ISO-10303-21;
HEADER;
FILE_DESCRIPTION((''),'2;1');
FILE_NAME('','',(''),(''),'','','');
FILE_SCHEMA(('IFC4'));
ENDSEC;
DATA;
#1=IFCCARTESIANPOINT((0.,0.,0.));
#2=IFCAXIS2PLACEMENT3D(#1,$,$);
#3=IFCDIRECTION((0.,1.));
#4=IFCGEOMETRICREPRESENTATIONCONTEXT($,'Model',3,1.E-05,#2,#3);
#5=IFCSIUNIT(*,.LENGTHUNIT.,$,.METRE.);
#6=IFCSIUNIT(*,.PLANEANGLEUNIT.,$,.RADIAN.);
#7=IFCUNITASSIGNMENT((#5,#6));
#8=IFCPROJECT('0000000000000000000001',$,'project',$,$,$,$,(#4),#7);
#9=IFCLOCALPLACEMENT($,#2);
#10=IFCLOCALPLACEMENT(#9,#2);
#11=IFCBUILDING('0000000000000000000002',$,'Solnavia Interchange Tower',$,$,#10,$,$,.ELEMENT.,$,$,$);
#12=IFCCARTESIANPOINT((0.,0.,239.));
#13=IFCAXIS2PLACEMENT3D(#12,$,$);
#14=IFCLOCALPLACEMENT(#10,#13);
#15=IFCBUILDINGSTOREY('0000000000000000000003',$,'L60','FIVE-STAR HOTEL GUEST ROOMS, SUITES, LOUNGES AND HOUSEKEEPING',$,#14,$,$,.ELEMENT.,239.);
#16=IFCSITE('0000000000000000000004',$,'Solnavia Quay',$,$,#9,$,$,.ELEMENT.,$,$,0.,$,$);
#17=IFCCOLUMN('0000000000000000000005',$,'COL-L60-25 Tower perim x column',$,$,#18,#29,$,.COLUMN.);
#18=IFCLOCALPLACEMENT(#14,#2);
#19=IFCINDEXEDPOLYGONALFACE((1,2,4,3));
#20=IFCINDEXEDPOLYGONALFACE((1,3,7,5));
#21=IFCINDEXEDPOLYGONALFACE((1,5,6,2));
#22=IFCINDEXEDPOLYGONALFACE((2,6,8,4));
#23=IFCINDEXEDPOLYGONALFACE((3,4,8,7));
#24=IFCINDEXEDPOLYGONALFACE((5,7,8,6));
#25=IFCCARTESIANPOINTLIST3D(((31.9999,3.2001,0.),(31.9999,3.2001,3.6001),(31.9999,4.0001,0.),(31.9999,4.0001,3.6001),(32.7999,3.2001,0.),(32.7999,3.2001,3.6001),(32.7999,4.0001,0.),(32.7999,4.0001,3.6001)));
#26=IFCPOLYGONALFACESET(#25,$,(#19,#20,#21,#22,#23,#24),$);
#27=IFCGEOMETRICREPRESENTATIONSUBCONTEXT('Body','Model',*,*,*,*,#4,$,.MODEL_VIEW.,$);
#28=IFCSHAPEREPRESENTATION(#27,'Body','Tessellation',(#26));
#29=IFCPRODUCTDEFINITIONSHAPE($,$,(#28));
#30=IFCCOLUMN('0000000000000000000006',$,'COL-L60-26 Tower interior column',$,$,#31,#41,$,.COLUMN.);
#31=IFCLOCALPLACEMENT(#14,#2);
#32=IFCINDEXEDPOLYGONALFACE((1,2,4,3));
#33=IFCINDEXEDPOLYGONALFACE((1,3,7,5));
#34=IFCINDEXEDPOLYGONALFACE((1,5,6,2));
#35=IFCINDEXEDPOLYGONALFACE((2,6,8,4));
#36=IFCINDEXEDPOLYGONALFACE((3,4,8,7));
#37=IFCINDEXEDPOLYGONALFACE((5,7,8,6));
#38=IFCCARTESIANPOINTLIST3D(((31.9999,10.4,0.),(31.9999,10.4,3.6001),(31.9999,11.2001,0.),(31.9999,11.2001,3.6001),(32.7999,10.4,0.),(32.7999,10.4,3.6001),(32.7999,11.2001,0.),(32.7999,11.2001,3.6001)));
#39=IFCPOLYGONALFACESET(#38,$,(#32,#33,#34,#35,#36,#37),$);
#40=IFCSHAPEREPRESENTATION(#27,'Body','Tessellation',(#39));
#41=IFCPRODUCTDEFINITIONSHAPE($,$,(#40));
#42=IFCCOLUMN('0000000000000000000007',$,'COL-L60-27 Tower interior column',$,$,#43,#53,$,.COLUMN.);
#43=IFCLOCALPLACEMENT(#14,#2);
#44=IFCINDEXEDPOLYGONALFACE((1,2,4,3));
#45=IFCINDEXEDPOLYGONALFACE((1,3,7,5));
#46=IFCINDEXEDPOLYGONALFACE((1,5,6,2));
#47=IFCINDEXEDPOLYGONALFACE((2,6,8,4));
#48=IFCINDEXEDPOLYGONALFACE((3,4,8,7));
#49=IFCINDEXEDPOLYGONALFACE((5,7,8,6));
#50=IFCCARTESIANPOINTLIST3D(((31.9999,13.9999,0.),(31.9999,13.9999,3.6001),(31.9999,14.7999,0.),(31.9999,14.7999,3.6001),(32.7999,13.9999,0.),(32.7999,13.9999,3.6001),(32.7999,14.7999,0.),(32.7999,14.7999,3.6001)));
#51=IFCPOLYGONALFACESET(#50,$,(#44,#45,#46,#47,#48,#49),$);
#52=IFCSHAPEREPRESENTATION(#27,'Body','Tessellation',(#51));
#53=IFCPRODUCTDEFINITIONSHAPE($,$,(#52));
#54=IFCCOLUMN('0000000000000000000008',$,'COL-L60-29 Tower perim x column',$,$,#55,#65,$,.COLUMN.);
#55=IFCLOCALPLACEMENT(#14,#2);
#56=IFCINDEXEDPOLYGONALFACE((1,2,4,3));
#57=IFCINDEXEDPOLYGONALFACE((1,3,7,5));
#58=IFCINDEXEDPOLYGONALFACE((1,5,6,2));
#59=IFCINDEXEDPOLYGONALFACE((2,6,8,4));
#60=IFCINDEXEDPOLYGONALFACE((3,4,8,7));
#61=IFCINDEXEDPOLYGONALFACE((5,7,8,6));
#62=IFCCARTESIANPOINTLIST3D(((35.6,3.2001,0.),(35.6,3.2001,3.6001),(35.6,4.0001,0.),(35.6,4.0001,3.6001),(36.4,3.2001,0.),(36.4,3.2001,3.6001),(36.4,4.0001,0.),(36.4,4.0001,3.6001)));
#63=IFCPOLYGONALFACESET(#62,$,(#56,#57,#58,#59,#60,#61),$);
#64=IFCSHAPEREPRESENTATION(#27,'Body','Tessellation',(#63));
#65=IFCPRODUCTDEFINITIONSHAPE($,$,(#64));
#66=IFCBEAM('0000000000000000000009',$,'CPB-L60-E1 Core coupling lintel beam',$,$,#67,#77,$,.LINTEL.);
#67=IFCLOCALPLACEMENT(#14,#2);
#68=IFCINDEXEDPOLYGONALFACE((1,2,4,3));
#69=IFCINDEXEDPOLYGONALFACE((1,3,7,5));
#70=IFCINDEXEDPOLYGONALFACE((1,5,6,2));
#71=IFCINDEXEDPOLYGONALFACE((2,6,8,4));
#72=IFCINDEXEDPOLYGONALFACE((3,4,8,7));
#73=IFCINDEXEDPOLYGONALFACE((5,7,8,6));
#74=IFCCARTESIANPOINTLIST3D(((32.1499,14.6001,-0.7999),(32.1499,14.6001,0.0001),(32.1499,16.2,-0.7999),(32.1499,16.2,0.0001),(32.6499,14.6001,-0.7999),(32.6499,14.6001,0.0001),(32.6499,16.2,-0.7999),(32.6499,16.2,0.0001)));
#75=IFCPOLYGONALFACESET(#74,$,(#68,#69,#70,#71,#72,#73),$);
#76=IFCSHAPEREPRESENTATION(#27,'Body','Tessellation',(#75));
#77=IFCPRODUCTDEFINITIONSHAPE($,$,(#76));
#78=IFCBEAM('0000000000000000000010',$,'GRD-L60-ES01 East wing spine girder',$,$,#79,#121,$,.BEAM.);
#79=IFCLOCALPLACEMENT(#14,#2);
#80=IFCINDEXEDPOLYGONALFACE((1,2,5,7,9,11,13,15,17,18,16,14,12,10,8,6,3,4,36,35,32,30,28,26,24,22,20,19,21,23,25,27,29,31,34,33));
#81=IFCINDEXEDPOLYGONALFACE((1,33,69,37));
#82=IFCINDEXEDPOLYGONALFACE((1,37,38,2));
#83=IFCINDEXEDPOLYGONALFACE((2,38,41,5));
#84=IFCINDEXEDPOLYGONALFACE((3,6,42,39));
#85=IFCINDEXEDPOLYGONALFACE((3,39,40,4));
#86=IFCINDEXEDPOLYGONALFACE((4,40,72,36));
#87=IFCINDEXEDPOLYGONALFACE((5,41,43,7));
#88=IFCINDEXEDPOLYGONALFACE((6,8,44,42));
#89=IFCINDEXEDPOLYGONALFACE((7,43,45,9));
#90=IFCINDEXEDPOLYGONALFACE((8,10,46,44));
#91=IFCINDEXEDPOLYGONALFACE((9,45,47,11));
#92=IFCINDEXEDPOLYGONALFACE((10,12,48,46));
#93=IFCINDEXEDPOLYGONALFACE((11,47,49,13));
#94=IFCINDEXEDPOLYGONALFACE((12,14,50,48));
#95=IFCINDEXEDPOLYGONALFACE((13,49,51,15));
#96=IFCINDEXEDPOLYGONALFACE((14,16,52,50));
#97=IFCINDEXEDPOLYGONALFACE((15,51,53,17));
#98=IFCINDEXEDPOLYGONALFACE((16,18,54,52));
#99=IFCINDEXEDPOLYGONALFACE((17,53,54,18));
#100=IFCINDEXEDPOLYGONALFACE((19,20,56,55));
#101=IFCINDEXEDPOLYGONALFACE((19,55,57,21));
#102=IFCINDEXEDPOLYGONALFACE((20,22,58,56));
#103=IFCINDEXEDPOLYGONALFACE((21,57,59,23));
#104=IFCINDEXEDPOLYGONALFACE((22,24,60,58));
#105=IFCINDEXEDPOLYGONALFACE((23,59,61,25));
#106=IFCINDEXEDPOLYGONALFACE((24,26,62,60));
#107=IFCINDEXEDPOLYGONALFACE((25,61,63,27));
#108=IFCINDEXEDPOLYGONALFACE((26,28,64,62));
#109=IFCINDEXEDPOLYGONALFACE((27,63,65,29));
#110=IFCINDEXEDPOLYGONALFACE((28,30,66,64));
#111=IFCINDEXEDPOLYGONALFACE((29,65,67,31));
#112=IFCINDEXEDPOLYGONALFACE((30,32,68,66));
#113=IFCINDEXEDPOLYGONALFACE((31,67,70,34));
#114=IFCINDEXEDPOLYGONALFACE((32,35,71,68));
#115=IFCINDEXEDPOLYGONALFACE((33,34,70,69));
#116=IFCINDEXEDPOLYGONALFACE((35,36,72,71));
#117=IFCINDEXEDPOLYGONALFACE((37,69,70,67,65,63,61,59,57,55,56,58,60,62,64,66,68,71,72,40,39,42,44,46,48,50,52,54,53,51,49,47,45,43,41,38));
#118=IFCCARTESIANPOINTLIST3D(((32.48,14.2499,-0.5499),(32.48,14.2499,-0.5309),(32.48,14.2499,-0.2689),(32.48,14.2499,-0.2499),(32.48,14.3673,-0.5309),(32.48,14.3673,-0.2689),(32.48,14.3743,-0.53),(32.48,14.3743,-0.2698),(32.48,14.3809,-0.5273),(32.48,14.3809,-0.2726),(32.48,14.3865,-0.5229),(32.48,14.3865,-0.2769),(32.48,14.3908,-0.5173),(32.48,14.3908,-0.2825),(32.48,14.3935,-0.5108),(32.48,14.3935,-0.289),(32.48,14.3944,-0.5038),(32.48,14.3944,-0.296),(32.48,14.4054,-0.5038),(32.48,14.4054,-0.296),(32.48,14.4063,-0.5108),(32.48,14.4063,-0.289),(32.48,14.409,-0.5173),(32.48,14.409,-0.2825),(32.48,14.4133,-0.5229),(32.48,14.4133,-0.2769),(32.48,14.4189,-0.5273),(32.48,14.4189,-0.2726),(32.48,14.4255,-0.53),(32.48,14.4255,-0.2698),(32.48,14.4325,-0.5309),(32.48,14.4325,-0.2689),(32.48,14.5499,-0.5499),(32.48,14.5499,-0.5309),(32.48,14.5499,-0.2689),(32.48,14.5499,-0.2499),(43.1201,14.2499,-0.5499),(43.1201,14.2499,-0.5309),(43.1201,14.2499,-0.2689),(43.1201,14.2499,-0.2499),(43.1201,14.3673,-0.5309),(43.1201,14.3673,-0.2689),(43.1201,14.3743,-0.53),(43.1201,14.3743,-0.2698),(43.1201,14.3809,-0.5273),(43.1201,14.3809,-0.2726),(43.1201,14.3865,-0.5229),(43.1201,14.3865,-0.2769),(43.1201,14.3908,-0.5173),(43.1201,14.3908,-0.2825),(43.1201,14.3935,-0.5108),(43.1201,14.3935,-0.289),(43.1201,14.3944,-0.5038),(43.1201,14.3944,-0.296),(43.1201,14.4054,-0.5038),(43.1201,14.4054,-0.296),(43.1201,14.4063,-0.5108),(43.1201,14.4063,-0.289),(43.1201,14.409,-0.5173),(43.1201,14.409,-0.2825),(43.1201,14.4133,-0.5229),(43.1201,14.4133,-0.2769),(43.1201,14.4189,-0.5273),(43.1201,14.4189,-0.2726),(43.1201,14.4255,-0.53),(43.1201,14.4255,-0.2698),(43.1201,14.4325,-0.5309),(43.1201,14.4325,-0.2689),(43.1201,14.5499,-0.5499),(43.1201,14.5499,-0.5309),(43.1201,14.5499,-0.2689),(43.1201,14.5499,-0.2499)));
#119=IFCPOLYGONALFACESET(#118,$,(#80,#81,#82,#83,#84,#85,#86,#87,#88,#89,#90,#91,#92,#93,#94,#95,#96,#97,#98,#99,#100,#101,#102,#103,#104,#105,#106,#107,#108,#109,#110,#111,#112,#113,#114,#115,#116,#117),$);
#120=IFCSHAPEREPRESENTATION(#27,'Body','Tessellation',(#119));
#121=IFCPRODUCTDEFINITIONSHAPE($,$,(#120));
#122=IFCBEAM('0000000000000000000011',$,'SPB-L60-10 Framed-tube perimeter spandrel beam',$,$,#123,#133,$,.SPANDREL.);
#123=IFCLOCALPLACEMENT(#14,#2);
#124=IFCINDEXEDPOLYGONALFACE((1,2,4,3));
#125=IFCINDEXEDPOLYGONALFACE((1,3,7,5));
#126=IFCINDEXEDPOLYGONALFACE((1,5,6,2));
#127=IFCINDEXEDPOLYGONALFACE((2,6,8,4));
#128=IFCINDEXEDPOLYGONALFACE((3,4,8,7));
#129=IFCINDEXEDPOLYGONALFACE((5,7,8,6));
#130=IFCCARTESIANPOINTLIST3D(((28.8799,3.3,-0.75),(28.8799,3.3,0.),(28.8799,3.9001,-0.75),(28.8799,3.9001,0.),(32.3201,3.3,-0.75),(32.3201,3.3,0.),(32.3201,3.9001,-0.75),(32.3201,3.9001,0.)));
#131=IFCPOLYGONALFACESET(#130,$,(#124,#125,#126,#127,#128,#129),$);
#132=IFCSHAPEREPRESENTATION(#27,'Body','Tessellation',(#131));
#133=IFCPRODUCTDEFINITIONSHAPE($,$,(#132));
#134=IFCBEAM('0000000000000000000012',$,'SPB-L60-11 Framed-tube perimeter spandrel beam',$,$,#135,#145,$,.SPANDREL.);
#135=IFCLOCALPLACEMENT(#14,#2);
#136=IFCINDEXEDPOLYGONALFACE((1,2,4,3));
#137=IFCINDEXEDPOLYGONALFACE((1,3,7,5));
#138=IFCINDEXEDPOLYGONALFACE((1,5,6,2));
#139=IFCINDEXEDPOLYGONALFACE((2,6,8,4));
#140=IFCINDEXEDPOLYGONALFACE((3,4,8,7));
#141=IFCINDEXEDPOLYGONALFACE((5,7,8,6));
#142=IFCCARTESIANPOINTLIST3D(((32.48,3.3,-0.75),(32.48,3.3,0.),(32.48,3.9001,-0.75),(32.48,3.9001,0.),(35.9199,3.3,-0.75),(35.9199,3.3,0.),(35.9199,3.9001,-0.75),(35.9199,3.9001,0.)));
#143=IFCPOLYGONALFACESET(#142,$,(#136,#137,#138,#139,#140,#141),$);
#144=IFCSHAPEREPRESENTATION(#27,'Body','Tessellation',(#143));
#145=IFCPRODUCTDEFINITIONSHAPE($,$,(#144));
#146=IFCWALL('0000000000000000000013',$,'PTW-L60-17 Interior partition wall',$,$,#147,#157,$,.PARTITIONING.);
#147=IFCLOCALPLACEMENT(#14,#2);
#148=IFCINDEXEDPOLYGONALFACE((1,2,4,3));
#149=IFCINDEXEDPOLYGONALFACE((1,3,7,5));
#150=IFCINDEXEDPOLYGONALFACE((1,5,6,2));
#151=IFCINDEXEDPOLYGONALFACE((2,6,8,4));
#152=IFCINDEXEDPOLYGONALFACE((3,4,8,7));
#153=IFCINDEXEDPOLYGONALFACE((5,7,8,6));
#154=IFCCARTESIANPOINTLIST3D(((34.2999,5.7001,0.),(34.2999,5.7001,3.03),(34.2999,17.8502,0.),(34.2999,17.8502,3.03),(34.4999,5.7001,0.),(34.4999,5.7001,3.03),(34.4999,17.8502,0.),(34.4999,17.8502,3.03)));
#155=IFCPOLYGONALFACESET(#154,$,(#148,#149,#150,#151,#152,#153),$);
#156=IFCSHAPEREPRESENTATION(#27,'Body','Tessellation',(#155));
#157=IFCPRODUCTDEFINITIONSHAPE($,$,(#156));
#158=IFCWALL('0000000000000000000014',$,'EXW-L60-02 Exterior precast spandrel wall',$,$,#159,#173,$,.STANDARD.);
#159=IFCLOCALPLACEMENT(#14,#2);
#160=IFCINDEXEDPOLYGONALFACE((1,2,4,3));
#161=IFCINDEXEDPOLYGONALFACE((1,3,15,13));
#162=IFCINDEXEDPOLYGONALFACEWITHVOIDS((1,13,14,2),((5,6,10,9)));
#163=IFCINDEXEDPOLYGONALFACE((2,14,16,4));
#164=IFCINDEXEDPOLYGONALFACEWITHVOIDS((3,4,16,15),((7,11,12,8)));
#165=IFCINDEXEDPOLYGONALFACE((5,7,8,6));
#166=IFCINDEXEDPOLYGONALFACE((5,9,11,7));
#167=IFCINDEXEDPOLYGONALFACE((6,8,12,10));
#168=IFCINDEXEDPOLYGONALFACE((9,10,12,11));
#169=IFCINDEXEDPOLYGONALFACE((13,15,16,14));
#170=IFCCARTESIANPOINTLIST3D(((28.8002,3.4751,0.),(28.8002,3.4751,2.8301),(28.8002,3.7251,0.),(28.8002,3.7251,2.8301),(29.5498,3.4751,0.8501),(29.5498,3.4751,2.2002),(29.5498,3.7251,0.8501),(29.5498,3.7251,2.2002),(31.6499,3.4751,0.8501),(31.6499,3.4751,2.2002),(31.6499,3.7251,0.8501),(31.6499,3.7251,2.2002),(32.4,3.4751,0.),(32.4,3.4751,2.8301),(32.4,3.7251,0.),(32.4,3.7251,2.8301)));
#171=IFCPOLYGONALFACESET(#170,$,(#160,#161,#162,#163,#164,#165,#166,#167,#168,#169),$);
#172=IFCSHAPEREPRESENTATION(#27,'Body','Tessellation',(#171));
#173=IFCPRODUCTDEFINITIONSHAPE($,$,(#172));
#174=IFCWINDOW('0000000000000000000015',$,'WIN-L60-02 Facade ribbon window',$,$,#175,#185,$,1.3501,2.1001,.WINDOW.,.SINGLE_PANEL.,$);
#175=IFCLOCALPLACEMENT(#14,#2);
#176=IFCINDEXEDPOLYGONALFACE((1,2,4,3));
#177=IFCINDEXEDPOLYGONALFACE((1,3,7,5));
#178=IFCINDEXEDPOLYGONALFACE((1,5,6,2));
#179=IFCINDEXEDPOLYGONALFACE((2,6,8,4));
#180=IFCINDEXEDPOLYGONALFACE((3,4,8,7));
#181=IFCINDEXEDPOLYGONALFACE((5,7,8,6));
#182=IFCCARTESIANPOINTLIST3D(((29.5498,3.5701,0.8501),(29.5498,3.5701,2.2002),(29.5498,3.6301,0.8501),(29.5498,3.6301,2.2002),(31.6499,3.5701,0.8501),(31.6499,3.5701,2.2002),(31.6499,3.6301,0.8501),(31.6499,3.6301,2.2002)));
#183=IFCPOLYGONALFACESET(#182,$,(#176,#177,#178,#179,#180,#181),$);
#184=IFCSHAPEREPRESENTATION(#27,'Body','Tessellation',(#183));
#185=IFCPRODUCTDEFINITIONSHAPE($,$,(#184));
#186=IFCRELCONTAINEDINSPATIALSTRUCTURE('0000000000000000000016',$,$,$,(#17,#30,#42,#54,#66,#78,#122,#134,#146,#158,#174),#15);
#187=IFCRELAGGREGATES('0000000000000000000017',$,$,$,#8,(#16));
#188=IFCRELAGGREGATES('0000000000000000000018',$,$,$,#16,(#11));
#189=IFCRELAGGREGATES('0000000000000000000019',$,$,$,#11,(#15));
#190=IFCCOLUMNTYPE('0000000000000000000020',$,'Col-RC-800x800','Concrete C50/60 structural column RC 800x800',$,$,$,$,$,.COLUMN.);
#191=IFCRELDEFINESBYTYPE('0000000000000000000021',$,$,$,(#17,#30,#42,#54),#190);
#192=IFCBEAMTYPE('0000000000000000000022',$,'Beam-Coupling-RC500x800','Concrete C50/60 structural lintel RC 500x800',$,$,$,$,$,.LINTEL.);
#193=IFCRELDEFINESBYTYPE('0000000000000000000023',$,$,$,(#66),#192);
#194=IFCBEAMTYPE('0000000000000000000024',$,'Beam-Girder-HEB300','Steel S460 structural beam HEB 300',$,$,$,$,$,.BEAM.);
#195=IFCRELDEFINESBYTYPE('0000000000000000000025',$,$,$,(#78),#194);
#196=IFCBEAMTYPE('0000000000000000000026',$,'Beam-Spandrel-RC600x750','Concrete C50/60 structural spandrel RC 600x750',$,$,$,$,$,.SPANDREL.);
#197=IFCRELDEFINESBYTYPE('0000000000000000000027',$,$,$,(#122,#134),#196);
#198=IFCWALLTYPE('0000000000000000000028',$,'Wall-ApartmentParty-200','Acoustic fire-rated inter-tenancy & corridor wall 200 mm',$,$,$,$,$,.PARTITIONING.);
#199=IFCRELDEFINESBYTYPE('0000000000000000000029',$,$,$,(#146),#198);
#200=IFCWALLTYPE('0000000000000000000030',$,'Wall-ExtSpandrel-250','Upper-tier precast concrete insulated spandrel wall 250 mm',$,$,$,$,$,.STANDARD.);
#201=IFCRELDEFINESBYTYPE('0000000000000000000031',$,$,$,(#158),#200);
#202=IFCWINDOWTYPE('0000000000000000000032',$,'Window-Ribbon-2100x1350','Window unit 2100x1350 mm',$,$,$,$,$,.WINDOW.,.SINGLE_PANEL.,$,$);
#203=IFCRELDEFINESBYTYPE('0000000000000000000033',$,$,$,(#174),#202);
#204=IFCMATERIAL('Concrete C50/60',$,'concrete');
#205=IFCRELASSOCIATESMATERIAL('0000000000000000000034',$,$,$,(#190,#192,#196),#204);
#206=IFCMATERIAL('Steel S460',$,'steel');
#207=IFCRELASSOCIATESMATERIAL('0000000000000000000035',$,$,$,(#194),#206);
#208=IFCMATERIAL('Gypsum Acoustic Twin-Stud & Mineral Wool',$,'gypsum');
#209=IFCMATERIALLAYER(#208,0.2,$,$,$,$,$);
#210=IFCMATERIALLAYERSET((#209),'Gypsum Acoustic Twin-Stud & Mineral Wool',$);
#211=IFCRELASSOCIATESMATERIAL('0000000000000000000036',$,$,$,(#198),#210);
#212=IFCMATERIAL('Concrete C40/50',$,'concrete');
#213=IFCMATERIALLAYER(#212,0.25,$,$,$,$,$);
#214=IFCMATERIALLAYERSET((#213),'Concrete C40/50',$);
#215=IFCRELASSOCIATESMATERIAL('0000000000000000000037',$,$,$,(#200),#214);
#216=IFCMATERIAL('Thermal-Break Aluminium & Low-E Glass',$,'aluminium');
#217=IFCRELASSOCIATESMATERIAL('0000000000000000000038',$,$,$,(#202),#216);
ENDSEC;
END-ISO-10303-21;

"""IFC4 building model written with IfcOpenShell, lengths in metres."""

from ifc_helpers import new_model, si_unit, direction, frame, frame_2d, origin, origin_2d, place, context, subcontext, project, spatial, rectangle, i_section, extrude, material, layer, layer_set, material_profile, profile_set, type_object, element, fill, save


model = new_model("IFC4")

# Units and contexts
model_context = context("Model", 3, precision=1e-05, world=origin(), true_north=direction((0.0, 1.0)))
body_context = subcontext(model_context, "Body", "Model", "MODEL_VIEW")
ifc_project = project(units=[si_unit("LENGTHUNIT", "METRE"), si_unit("PLANEANGLEUNIT", "RADIAN")], contexts=[model_context])

# Site, building, storey
site_placement = place(None, origin())
site = spatial("IfcSite", under=ifc_project, at=site_placement, Name="Solnavia Quay", CompositionType="ELEMENT", RefElevation=0.0)
building_placement = place(site_placement, origin())
building = spatial("IfcBuilding", under=site, at=building_placement, Name="Solnavia Interchange Tower", CompositionType="ELEMENT")
storey_placement = place(building_placement, frame((0.0, 0.0, 239.0)))
storey = spatial("IfcBuildingStorey", under=building, at=storey_placement, Name="L60", Description="FIVE-STAR HOTEL GUEST ROOMS, SUITES, LOUNGES AND HOUSEKEEPING", CompositionType="ELEMENT", Elevation=239.0)

# Columns
ifc_material_1 = material(Name="Concrete C50/60", Category="concrete")
ifc_material_profile_1 = material_profile(ifc_material_1, rectangle(XDim=0.8, YDim=0.8, at=origin_2d()), Name="RC 800x800")
ifc_profile_set_1 = profile_set([ifc_material_profile_1], Name="Concrete C50/60")
column_type = type_object("IfcColumnType", Name="Col-RC-800x800", Description="Concrete C50/60 structural column RC 800x800", PredefinedType="COLUMN", material=ifc_profile_set_1)
for number, where, z_axis, x_axis, name in (
    (1, (32.3999, 3.6001, 0.0), (0.0, 0.0, 1.0), (1.0, 0.0, 0.0), "COL-L60-25 Tower perim x column"),
    (2, (32.3999, 10.8, 0.0), (0.0, 0.0, 1.0), (1.0, 0.0, 0.0), "COL-L60-26 Tower interior column"),
    (3, (32.3999, 14.3999, 0.0), (0.0, 0.0, 1.0), (1.0, 0.0, 0.0), "COL-L60-27 Tower interior column"),
    (4, (36.0, 3.6001, 0.0), (0.0, 0.0, 1.0), (1.0, 0.0, 0.0), "COL-L60-29 Tower perim x column"),
):
    element("IfcColumn", number, at=place(storey_placement, frame(where, z_axis=z_axis, x_axis=x_axis)), inside=storey, type_object=column_type, Name=name, PredefinedType="COLUMN", context=body_context, shape_type="SweptSolid", body=[
        extrude(rectangle(XDim=0.8, YDim=0.8, at=origin_2d()), origin(), (0.0, 0.0, 1.0), 3.6001),
    ])

# Beams
ifc_material_profile_2 = material_profile(ifc_material_1, rectangle(XDim=0.5, YDim=0.8, at=origin_2d()), Name="RC 500x800")
ifc_profile_set_2 = profile_set([ifc_material_profile_2], Name="Concrete C50/60")
beam_type_1 = type_object("IfcBeamType", Name="Beam-Coupling-RC500x800", Description="Concrete C50/60 structural lintel RC 500x800", PredefinedType="LINTEL", material=ifc_profile_set_2)
beam_1_placement = place(storey_placement, frame((32.3999, 14.6001, -0.3999), z_axis=(0.0, 1.0, 0.0), x_axis=(-1.0, 0.0, 0.0)))
element("IfcBeam", 5, at=beam_1_placement, inside=storey, type_object=beam_type_1, Name="CPB-L60-E1 Core coupling lintel beam", PredefinedType="LINTEL", context=body_context, shape_type="SweptSolid", body=[
    extrude(rectangle(XDim=0.5, YDim=0.8, at=origin_2d()), origin(), (0.0, 0.0, 1.0), 1.5999),
])
ifc_material_2 = material(Name="Steel S460", Category="steel")
ifc_material_profile_3 = material_profile(ifc_material_2, i_section(OverallWidth=0.3, OverallDepth=0.3, WebThickness=0.011, FlangeThickness=0.019, FilletRadius=0.0271, at=origin_2d()), Name="HEB 300")
ifc_profile_set_3 = profile_set([ifc_material_profile_3], Name="Steel S460")
beam_type_2 = type_object("IfcBeamType", Name="Beam-Girder-HEB300", Description="Steel S460 structural beam HEB 300", PredefinedType="BEAM", material=ifc_profile_set_3)
beam_2_placement = place(storey_placement, frame((32.48, 14.3999, -0.3999), z_axis=(1.0, 0.0, 0.0), x_axis=(0.0, 1.0, 0.0)))
element("IfcBeam", 6, at=beam_2_placement, inside=storey, type_object=beam_type_2, Name="GRD-L60-ES01 East wing spine girder", PredefinedType="BEAM", context=body_context, shape_type="SweptSolid", body=[
    extrude(i_section(OverallWidth=0.3, OverallDepth=0.3, WebThickness=0.011, FlangeThickness=0.019, FilletRadius=0.0271, at=origin_2d()), origin(), (0.0, 0.0, 1.0), 10.6401),
])
ifc_material_profile_4 = material_profile(ifc_material_1, rectangle(XDim=0.6001, YDim=0.75, at=origin_2d()), Name="RC 600x750")
ifc_profile_set_4 = profile_set([ifc_material_profile_4], Name="Concrete C50/60")
beam_type_3 = type_object("IfcBeamType", Name="Beam-Spandrel-RC600x750", Description="Concrete C50/60 structural spandrel RC 600x750", PredefinedType="SPANDREL", material=ifc_profile_set_4)
beam_3_placement = place(storey_placement, frame((28.8799, 3.6001, -0.375), z_axis=(1.0, 0.0, 0.0), x_axis=(0.0, 1.0, 0.0)))
element("IfcBeam", 7, at=beam_3_placement, inside=storey, type_object=beam_type_3, Name="SPB-L60-10 Framed-tube perimeter spandrel beam", PredefinedType="SPANDREL", context=body_context, shape_type="SweptSolid", body=[
    extrude(rectangle(XDim=0.6001, YDim=0.75, at=origin_2d()), origin(), (0.0, 0.0, 1.0), 3.4402),
])
beam_4_placement = place(storey_placement, frame((32.48, 3.6001, -0.375), z_axis=(1.0, 0.0, 0.0), x_axis=(0.0, 1.0, 0.0)))
element("IfcBeam", 8, at=beam_4_placement, inside=storey, type_object=beam_type_3, Name="SPB-L60-11 Framed-tube perimeter spandrel beam", PredefinedType="SPANDREL", context=body_context, shape_type="SweptSolid", body=[
    extrude(rectangle(XDim=0.6001, YDim=0.75, at=origin_2d()), origin(), (0.0, 0.0, 1.0), 3.4399),
])

# Wall
ifc_material_3 = material(Name="Gypsum Acoustic Twin-Stud & Mineral Wool", Category="gypsum")
ifc_layer_1 = layer(ifc_material_3, 0.2)
ifc_layer_set_1 = layer_set([ifc_layer_1], Name="Gypsum Acoustic Twin-Stud & Mineral Wool")
wall_type_1 = type_object("IfcWallType", Name="Wall-ApartmentParty-200", Description="Acoustic fire-rated inter-tenancy & corridor wall 200 mm", PredefinedType="PARTITIONING", material=ifc_layer_set_1)
wall_1_placement = place(storey_placement, frame((34.3999, 5.7, 0.0), z_axis=(0.0, 0.0, 1.0), x_axis=(0.0, 1.0, 0.0)))
element("IfcWall", 9, at=wall_1_placement, inside=storey, type_object=wall_type_1, Name="PTW-L60-17 Interior partition wall", PredefinedType="PARTITIONING", context=body_context, shape_type="SweptSolid", body=[
    extrude(rectangle(XDim=12.1501, YDim=0.2, at=frame_2d((6.0752, 0.0))), origin(), (0.0, 0.0, 1.0), 3.03),
])

# Wall, opening, window
ifc_material_4 = material(Name="Concrete C40/50", Category="concrete")
ifc_layer_2 = layer(ifc_material_4, 0.25)
ifc_layer_set_2 = layer_set([ifc_layer_2], Name="Concrete C40/50")
wall_type_2 = type_object("IfcWallType", Name="Wall-ExtSpandrel-250", Description="Upper-tier precast concrete insulated spandrel wall 250 mm", PredefinedType="STANDARD", material=ifc_layer_set_2)
wall_2_placement = place(storey_placement, frame((32.3999, 3.6001, 0.0), z_axis=(0.0, 0.0, 1.0), x_axis=(-1.0, 0.0, 0.0)))
wall_2 = element("IfcWall", 10, at=wall_2_placement, inside=storey, type_object=wall_type_2, Name="EXW-L60-02 Exterior precast spandrel wall", PredefinedType="STANDARD", context=body_context, shape_type="SweptSolid", body=[
    extrude(rectangle(XDim=3.5999, YDim=0.25, at=frame_2d((1.7998, 0.0))), origin(), (0.0, 0.0, 1.0), 2.8301),
])
opening_1_placement = place(wall_2_placement, frame((0.75, 0.0, 0.8501)))
opening_1 = element("IfcOpeningElement", 11, at=opening_1_placement, cuts=wall_2, PredefinedType="OPENING", context=body_context, shape_type="SweptSolid", body=[
    extrude(rectangle(XDim=2.1001, YDim=1.3501, at=frame_2d((1.05, 0.675))), frame((0.0, 0.135, 0.0), z_axis=(0.0, -1.0, 0.0), x_axis=(1.0, 0.0, 0.0)), (0.0, 0.0, 1.0), 0.27),
])
ifc_material_5 = material(Name="Thermal-Break Aluminium & Low-E Glass", Category="aluminium")
window_type = type_object("IfcWindowType", Name="Window-Ribbon-2100x1350", Description="Window unit 2100x1350 mm", PartitioningType="SINGLE_PANEL", PredefinedType="WINDOW", material=ifc_material_5)
window_1_placement = place(opening_1_placement, origin())
window_1 = element("IfcWindow", 12, at=window_1_placement, inside=storey, type_object=window_type, Name="WIN-L60-02 Facade ribbon window", OverallHeight=1.3501, OverallWidth=2.1001, PartitioningType="SINGLE_PANEL", PredefinedType="WINDOW", context=body_context, shape_type="SweptSolid", body=[
    extrude(rectangle(XDim=2.1001, YDim=1.3501, at=frame_2d((1.05, 0.675))), frame((0.0, 0.03, 0.0), z_axis=(0.0, -1.0, 0.0), x_axis=(1.0, 0.0, 0.0)), (0.0, 0.0, 1.0), 0.0601),
])
fill(opening_1, window_1)

save(model, "model.ifc")
